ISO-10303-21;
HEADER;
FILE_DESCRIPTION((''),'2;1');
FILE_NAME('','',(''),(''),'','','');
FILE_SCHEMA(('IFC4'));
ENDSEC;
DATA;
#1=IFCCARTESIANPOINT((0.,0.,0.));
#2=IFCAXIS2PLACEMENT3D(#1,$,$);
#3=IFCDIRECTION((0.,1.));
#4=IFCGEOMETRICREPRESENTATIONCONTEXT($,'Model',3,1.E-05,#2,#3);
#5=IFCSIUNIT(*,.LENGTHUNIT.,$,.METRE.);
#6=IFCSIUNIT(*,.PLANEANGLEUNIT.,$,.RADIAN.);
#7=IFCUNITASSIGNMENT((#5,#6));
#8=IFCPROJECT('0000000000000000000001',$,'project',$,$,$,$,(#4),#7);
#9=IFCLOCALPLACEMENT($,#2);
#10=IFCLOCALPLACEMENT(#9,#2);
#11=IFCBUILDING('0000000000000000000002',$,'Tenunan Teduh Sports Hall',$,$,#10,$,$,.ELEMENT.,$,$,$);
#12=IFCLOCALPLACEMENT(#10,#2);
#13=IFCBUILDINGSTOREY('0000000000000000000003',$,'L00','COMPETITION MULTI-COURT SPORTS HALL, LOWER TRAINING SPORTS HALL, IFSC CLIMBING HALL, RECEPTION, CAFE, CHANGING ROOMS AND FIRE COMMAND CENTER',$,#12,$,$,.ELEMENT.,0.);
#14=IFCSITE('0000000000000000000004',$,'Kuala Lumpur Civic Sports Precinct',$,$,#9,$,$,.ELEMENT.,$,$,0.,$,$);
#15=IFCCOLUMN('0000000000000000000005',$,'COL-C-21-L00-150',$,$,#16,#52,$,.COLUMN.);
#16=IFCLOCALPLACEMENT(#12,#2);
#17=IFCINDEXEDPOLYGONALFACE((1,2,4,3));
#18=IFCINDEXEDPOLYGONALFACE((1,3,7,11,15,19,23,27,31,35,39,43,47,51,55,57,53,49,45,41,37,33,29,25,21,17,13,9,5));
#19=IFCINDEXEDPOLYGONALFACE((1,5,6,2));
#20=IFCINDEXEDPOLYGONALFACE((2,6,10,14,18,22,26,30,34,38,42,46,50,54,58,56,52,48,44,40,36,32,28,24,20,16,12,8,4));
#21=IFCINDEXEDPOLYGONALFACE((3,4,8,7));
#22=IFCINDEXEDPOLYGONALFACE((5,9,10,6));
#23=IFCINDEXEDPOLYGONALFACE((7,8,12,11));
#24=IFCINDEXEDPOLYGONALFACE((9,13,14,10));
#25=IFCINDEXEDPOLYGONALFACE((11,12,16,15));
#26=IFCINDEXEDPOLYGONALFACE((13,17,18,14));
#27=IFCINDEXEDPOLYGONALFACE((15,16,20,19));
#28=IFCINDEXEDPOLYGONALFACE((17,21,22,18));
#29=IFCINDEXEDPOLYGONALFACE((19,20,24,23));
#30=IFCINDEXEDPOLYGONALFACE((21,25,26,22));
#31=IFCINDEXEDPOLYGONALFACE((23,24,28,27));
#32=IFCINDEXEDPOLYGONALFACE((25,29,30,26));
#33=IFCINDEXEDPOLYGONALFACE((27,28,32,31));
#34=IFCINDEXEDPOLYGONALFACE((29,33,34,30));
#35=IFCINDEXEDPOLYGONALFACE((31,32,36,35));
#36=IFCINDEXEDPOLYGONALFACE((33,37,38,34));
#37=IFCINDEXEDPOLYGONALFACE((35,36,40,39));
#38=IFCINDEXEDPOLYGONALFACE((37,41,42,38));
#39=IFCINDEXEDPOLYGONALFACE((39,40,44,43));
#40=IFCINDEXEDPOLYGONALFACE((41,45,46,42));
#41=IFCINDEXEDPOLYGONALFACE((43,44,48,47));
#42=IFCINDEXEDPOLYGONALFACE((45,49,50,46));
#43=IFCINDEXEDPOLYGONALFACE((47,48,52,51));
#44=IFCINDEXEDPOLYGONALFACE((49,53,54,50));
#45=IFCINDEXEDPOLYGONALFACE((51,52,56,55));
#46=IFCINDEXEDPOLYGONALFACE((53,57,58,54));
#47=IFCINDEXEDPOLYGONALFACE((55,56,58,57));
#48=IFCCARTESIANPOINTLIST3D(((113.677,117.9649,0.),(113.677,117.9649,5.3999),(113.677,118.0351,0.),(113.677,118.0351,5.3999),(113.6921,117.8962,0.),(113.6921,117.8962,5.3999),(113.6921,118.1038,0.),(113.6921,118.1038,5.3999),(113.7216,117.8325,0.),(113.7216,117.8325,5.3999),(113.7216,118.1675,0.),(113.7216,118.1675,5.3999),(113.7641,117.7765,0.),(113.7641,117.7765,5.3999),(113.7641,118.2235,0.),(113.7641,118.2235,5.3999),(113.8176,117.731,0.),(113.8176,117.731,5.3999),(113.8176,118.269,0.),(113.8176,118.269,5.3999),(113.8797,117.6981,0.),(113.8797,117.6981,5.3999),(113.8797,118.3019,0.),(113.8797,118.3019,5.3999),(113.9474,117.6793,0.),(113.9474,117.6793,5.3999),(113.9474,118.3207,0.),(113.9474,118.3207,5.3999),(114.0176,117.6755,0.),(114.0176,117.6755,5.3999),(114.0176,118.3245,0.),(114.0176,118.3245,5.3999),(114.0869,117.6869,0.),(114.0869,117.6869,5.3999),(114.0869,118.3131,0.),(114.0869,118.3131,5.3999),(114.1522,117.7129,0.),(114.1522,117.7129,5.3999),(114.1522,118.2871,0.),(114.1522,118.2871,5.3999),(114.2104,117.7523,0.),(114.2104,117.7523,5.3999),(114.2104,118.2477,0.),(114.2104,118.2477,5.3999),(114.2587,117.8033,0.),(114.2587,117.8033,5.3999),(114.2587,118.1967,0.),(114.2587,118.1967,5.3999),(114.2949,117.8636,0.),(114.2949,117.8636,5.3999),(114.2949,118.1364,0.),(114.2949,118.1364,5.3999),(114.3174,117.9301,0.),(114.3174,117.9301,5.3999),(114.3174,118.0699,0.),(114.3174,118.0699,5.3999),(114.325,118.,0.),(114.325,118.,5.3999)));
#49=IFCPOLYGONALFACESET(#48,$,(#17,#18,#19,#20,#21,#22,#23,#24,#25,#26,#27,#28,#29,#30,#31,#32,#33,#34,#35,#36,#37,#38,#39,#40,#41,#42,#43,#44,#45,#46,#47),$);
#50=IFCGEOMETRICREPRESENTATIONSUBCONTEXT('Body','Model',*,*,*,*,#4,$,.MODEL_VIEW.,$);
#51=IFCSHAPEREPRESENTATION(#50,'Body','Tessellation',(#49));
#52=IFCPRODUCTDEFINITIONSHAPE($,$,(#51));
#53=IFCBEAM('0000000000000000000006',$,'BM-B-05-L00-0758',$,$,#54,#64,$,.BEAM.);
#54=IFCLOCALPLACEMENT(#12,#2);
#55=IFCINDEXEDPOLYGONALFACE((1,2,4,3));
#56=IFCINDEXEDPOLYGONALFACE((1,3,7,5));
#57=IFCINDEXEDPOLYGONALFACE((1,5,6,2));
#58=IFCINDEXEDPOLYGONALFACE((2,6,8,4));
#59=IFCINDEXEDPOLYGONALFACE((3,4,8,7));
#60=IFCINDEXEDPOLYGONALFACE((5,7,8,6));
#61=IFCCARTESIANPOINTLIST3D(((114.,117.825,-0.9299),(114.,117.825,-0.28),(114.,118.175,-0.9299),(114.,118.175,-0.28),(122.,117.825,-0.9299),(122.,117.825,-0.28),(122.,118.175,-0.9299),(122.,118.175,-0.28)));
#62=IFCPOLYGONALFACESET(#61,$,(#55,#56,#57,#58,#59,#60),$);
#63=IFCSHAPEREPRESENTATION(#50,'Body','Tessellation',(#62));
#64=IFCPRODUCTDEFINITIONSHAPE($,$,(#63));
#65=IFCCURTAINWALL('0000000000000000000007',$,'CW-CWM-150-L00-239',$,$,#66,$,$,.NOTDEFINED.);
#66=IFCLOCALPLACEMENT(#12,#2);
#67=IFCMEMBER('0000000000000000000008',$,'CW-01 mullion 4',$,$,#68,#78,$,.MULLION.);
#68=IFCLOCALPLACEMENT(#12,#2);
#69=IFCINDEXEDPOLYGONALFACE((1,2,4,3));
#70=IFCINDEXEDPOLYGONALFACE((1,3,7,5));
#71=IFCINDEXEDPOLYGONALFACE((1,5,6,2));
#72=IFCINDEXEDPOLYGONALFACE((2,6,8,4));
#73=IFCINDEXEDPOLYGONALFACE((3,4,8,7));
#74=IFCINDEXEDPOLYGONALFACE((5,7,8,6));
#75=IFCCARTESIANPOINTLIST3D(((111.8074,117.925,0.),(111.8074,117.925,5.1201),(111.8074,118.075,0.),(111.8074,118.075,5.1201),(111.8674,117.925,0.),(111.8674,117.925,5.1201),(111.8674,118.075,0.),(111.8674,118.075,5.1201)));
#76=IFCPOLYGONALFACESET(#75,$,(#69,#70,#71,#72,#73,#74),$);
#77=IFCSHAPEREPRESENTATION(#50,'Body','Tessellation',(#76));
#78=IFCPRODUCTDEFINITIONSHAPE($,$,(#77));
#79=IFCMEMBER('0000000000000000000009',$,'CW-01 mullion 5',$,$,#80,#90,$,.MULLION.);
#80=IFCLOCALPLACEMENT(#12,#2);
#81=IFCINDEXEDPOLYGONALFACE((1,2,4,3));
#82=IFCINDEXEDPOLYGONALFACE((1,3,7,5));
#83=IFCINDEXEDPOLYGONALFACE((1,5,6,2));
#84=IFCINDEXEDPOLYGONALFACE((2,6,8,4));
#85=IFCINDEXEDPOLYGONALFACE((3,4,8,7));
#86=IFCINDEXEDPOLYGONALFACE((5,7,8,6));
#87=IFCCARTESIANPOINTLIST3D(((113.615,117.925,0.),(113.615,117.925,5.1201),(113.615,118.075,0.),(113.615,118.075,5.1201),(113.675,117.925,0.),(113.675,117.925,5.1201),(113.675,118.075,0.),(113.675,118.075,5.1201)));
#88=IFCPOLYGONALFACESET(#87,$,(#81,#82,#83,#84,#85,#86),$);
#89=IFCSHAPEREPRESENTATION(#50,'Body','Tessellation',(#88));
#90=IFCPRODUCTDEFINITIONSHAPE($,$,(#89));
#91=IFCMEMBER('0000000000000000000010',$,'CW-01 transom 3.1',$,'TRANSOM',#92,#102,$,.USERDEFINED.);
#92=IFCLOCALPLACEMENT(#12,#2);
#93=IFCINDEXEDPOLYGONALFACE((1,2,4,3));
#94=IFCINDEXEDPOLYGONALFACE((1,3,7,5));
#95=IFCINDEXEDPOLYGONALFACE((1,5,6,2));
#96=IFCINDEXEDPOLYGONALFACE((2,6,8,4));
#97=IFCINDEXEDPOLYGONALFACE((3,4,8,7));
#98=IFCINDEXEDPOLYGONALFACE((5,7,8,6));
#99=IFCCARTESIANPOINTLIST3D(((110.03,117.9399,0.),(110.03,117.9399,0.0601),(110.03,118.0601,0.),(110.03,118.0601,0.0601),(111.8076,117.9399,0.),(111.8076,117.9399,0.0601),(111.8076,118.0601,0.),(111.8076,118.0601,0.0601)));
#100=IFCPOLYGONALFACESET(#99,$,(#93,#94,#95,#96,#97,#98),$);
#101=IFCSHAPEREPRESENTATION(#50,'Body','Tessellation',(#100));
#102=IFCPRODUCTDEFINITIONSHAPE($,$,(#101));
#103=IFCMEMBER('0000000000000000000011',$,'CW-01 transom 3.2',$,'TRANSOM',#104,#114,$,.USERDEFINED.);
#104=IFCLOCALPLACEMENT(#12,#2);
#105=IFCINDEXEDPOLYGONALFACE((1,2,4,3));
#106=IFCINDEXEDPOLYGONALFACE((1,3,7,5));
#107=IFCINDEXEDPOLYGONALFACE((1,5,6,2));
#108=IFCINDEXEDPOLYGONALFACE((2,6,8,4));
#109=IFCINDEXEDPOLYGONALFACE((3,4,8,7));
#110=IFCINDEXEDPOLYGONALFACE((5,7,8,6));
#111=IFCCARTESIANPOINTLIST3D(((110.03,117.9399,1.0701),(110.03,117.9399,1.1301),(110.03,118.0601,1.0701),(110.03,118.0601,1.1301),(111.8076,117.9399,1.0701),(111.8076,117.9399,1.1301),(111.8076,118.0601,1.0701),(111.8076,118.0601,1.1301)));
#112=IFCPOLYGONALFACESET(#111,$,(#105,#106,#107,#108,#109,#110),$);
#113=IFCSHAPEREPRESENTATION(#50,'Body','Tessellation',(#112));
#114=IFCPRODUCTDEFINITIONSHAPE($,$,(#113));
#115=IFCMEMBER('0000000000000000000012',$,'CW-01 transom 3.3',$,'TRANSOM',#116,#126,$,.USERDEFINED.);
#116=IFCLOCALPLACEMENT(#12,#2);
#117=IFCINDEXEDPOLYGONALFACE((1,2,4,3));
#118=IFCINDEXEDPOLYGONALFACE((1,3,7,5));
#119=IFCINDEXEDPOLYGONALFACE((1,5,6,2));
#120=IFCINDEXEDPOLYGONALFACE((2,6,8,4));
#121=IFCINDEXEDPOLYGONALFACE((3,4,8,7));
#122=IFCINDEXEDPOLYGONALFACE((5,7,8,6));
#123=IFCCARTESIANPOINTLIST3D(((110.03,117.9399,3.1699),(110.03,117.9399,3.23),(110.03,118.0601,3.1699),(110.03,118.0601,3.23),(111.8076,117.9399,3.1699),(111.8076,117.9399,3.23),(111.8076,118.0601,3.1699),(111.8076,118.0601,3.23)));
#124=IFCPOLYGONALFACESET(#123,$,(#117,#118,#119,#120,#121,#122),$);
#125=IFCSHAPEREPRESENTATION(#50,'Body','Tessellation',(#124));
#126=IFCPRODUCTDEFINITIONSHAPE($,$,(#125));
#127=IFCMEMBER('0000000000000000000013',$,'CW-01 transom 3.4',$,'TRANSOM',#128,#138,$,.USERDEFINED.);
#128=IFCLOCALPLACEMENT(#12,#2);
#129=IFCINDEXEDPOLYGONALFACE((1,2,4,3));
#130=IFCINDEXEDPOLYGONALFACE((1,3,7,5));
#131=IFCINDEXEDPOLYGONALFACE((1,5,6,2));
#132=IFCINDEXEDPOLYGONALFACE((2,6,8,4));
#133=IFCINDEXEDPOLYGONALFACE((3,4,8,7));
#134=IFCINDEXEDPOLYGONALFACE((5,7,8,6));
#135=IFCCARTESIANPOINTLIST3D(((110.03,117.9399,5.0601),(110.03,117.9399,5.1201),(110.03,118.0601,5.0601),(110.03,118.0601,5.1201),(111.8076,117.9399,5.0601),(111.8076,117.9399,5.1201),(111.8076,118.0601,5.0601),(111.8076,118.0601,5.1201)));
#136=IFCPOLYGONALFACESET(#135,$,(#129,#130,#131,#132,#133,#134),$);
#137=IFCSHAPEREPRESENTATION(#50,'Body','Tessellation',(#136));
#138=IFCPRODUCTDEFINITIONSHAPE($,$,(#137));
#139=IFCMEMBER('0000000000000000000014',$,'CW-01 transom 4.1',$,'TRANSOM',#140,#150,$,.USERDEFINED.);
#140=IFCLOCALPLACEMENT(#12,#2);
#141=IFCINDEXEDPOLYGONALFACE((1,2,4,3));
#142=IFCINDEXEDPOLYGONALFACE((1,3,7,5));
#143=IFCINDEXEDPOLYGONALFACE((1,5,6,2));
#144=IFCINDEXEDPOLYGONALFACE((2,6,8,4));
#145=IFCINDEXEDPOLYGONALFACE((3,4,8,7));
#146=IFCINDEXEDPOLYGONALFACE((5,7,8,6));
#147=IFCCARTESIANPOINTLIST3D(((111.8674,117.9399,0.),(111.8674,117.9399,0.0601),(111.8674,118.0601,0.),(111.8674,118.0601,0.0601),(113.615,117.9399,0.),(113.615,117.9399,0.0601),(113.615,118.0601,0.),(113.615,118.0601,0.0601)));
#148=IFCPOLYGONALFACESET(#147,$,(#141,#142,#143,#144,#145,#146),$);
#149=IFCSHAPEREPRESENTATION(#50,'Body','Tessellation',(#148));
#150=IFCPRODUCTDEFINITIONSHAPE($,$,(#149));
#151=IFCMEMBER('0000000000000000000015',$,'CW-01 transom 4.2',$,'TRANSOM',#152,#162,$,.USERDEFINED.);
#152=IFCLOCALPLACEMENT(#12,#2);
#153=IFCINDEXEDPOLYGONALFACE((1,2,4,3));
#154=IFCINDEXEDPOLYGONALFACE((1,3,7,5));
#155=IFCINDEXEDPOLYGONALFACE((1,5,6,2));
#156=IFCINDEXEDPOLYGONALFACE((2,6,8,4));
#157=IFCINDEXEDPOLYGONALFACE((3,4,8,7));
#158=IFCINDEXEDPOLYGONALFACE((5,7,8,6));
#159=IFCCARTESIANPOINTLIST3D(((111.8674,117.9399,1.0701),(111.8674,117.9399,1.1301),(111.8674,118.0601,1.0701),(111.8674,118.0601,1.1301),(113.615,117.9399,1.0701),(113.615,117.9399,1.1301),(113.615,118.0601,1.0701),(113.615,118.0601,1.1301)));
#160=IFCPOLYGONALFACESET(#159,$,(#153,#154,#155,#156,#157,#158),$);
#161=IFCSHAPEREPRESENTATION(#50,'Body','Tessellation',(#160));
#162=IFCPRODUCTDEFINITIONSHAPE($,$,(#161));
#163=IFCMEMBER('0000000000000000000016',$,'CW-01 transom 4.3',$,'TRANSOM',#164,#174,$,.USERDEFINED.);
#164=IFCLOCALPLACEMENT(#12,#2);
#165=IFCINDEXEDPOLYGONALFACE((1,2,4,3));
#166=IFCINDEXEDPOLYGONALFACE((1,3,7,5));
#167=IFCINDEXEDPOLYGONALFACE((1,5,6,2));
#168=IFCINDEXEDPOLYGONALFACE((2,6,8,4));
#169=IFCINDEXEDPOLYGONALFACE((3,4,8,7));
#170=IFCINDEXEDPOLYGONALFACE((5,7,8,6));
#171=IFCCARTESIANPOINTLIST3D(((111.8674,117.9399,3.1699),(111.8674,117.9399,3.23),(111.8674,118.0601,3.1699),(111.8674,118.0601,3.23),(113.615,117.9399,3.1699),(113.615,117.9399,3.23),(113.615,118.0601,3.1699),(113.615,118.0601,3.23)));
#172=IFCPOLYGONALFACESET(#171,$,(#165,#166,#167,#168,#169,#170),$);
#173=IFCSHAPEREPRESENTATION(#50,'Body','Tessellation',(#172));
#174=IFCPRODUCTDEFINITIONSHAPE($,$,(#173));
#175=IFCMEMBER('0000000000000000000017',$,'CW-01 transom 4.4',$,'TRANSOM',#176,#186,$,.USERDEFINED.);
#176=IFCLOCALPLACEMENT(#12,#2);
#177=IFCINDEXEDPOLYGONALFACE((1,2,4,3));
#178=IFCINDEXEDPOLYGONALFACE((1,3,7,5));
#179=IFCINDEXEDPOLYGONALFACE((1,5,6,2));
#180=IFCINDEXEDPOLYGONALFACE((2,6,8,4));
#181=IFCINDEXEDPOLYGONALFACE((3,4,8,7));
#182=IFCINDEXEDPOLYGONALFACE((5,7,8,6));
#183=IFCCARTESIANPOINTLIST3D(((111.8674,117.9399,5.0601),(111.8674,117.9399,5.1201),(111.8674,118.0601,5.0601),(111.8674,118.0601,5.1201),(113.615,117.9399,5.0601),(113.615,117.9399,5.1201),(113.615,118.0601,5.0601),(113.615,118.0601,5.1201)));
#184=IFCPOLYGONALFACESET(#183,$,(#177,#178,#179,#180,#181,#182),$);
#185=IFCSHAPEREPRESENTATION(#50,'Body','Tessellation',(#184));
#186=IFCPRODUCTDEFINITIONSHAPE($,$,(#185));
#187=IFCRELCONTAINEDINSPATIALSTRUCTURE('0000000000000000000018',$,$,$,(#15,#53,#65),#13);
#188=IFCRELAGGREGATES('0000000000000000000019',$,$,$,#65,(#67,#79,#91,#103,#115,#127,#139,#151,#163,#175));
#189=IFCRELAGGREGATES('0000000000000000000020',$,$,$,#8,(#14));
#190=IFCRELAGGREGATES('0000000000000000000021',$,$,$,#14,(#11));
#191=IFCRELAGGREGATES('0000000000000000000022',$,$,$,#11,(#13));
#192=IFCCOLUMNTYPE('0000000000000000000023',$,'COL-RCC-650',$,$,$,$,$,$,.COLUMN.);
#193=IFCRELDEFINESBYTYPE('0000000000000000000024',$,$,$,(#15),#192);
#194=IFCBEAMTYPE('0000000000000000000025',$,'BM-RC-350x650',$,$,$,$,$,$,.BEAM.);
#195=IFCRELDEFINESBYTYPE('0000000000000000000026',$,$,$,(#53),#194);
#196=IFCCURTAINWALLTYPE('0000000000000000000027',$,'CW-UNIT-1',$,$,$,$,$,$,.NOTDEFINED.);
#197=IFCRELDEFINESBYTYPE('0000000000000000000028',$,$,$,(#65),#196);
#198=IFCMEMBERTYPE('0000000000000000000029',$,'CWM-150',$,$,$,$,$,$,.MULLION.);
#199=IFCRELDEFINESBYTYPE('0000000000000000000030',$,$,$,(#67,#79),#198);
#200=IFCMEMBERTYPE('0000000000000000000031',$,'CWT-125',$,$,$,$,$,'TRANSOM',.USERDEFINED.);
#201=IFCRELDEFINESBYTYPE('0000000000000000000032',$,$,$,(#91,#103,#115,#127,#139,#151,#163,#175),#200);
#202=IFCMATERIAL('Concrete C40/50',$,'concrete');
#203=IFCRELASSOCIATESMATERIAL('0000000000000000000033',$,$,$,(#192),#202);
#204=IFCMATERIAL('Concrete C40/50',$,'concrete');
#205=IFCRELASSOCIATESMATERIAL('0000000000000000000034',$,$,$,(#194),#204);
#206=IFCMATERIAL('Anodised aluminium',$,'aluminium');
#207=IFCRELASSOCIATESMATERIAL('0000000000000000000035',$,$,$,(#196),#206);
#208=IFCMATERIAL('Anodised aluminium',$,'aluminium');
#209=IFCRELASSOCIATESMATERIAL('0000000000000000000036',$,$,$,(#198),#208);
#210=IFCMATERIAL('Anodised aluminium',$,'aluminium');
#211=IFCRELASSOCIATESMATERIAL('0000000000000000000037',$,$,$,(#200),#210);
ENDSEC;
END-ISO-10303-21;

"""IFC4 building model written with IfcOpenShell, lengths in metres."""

from ifc_helpers import new_model, si_unit, direction, frame, origin, origin_2d, place, context, subcontext, project, spatial, rectangle, circle, extrude, material, material_profile, profile_set, type_object, element, aggregate, save


model = new_model("IFC4")

# Units and contexts
model_context = context("Model", 3, precision=1e-05, world=origin(), true_north=direction((0.0, 1.0)))
body_context = subcontext(model_context, "Body", "Model", "MODEL_VIEW")
ifc_project = project(units=[si_unit("LENGTHUNIT", "METRE"), si_unit("PLANEANGLEUNIT", "RADIAN")], contexts=[model_context])

# Site, building, storey
site_placement = place(None, origin())
site = spatial("IfcSite", under=ifc_project, at=site_placement, Name="Kuala Lumpur Civic Sports Precinct", CompositionType="ELEMENT", RefElevation=0.0)
building_placement = place(site_placement, origin())
building = spatial("IfcBuilding", under=site, at=building_placement, Name="Tenunan Teduh Sports Hall", CompositionType="ELEMENT")
storey_placement = place(building_placement, origin())
storey = spatial("IfcBuildingStorey", under=building, at=storey_placement, Name="L00", Description="COMPETITION MULTI-COURT SPORTS HALL, LOWER TRAINING SPORTS HALL, IFSC CLIMBING HALL, RECEPTION, CAFE, CHANGING ROOMS AND FIRE COMMAND CENTER", CompositionType="ELEMENT", Elevation=0.0)

# Column
ifc_material_1 = material(Name="Concrete C40/50", Category="concrete")
ifc_material_profile_1 = material_profile(ifc_material_1, circle(Radius=0.325, at=origin_2d()), Name="RCC D650")
ifc_profile_set_1 = profile_set([ifc_material_profile_1], Name="Concrete C40/50")
column_type = type_object("IfcColumnType", Name="COL-RCC-650", PredefinedType="COLUMN", material=ifc_profile_set_1)
column_placement = place(storey_placement, frame((114.0, 118.0, 0.0), z_axis=(0.0, 0.0, 1.0), x_axis=(1.0, 0.0, 0.0)))
element("IfcColumn", 1, at=column_placement, inside=storey, type_object=column_type, Name="COL-C-21-L00-150", PredefinedType="COLUMN", context=body_context, shape_type="SweptSolid", body=[
    extrude(circle(Radius=0.325, at=origin_2d()), origin(), (0.0, 0.0, 1.0), 5.3999),
])

# Beam
ifc_material_2 = material(Name="Concrete C40/50", Category="concrete")
ifc_material_profile_2 = material_profile(ifc_material_2, rectangle(XDim=0.3501, YDim=0.6499, at=origin_2d()), Name="RCB 350x650")
ifc_profile_set_2 = profile_set([ifc_material_profile_2], Name="Concrete C40/50")
beam_type_1 = type_object("IfcBeamType", Name="BM-RC-350x650", PredefinedType="BEAM", material=ifc_profile_set_2)
beam_1_placement = place(storey_placement, frame((114.0, 118.0, -0.605), z_axis=(1.0, 0.0, 0.0), x_axis=(0.0, 1.0, 0.0)))
element("IfcBeam", 2, at=beam_1_placement, inside=storey, type_object=beam_type_1, Name="BM-B-05-L00-0758", PredefinedType="BEAM", context=body_context, shape_type="SweptSolid", body=[
    extrude(rectangle(XDim=0.3501, YDim=0.6499, at=origin_2d()), origin(), (0.0, 0.0, 1.0), 8.0),
])

# Curtain wall, members
ifc_material_3 = material(Name="Anodised aluminium", Category="aluminium")
curtain_wall_type = type_object("IfcCurtainWallType", Name="CW-UNIT-1", PredefinedType="NOTDEFINED", material=ifc_material_3)
curtain_wall_placement = place(storey_placement, origin())
curtain_wall = element("IfcCurtainWall", 3, at=curtain_wall_placement, inside=storey, type_object=curtain_wall_type, Name="CW-CWM-150-L00-239", PredefinedType="NOTDEFINED")
ifc_material_4 = material(Name="Anodised aluminium", Category="aluminium")
ifc_material_profile_3 = material_profile(ifc_material_4, rectangle(XDim=0.0601, YDim=0.1499, at=origin_2d()), Name="CWM 60x150")
ifc_profile_set_3 = profile_set([ifc_material_profile_3], Name="Anodised aluminium")
member_type_1 = type_object("IfcMemberType", Name="CWM-150", PredefinedType="MULLION", material=ifc_profile_set_3)
member_1_placement = place(storey_placement, frame((111.8374, 118.0, 0.0), z_axis=(0.0, 0.0, 1.0), x_axis=(1.0, 0.0, 0.0)))
member_1 = element("IfcMember", 4, at=member_1_placement, type_object=member_type_1, Name="CW-01 mullion 4", PredefinedType="MULLION", context=body_context, shape_type="SweptSolid", body=[
    extrude(rectangle(XDim=0.0601, YDim=0.1499, at=origin_2d()), origin(), (0.0, 0.0, 1.0), 5.1201),
])
member_2_placement = place(storey_placement, frame((113.645, 118.0, 0.0), z_axis=(0.0, 0.0, 1.0), x_axis=(1.0, 0.0, 0.0)))
member_2 = element("IfcMember", 5, at=member_2_placement, type_object=member_type_1, Name="CW-01 mullion 5", PredefinedType="MULLION", context=body_context, shape_type="SweptSolid", body=[
    extrude(rectangle(XDim=0.0601, YDim=0.1499, at=origin_2d()), origin(), (0.0, 0.0, 1.0), 5.1201),
])
ifc_material_5 = material(Name="Anodised aluminium", Category="aluminium")
ifc_material_profile_4 = material_profile(ifc_material_5, rectangle(XDim=0.0601, YDim=0.1201, at=origin_2d()), Name="CWT 60x120")
ifc_profile_set_4 = profile_set([ifc_material_profile_4], Name="Anodised aluminium")
member_type_2 = type_object("IfcMemberType", Name="CWT-125", ElementType="TRANSOM", PredefinedType="USERDEFINED", material=ifc_profile_set_4)
member_3_placement = place(storey_placement, frame((110.03, 118.0, 0.03), z_axis=(1.0, 0.0, 0.0), x_axis=(0.0, 0.0, 1.0)))
member_3 = element("IfcMember", 6, at=member_3_placement, type_object=member_type_2, Name="CW-01 transom 3.1", ObjectType="TRANSOM", PredefinedType="USERDEFINED", context=body_context, shape_type="SweptSolid", body=[
    extrude(rectangle(XDim=0.0601, YDim=0.1201, at=origin_2d()), origin(), (0.0, 0.0, 1.0), 1.7776),
])
member_4_placement = place(storey_placement, frame((110.03, 118.0, 1.1001), z_axis=(1.0, 0.0, 0.0), x_axis=(0.0, 0.0, 1.0)))
member_4 = element("IfcMember", 7, at=member_4_placement, type_object=member_type_2, Name="CW-01 transom 3.2", ObjectType="TRANSOM", PredefinedType="USERDEFINED", context=body_context, shape_type="SweptSolid", body=[
    extrude(rectangle(XDim=0.0601, YDim=0.1201, at=origin_2d()), origin(), (0.0, 0.0, 1.0), 1.7776),
])
member_5_placement = place(storey_placement, frame((110.03, 118.0, 3.2), z_axis=(1.0, 0.0, 0.0), x_axis=(0.0, 0.0, 1.0)))
member_5 = element("IfcMember", 8, at=member_5_placement, type_object=member_type_2, Name="CW-01 transom 3.3", ObjectType="TRANSOM", PredefinedType="USERDEFINED", context=body_context, shape_type="SweptSolid", body=[
    extrude(rectangle(XDim=0.0601, YDim=0.1201, at=origin_2d()), origin(), (0.0, 0.0, 1.0), 1.7776),
])
member_6_placement = place(storey_placement, frame((110.03, 118.0, 5.0901), z_axis=(1.0, 0.0, 0.0), x_axis=(0.0, 0.0, 1.0)))
member_6 = element("IfcMember", 9, at=member_6_placement, type_object=member_type_2, Name="CW-01 transom 3.4", ObjectType="TRANSOM", PredefinedType="USERDEFINED", context=body_context, shape_type="SweptSolid", body=[
    extrude(rectangle(XDim=0.0601, YDim=0.1201, at=origin_2d()), origin(), (0.0, 0.0, 1.0), 1.7776),
])
member_7_placement = place(storey_placement, frame((111.8674, 118.0, 0.03), z_axis=(1.0, 0.0, 0.0), x_axis=(0.0, 0.0, 1.0)))
member_7 = element("IfcMember", 10, at=member_7_placement, type_object=member_type_2, Name="CW-01 transom 4.1", ObjectType="TRANSOM", PredefinedType="USERDEFINED", context=body_context, shape_type="SweptSolid", body=[
    extrude(rectangle(XDim=0.0601, YDim=0.1201, at=origin_2d()), origin(), (0.0, 0.0, 1.0), 1.7476),
])
member_8_placement = place(storey_placement, frame((111.8674, 118.0, 1.1001), z_axis=(1.0, 0.0, 0.0), x_axis=(0.0, 0.0, 1.0)))
member_8 = element("IfcMember", 11, at=member_8_placement, type_object=member_type_2, Name="CW-01 transom 4.2", ObjectType="TRANSOM", PredefinedType="USERDEFINED", context=body_context, shape_type="SweptSolid", body=[
    extrude(rectangle(XDim=0.0601, YDim=0.1201, at=origin_2d()), origin(), (0.0, 0.0, 1.0), 1.7476),
])
member_9_placement = place(storey_placement, frame((111.8674, 118.0, 3.2), z_axis=(1.0, 0.0, 0.0), x_axis=(0.0, 0.0, 1.0)))
member_9 = element("IfcMember", 12, at=member_9_placement, type_object=member_type_2, Name="CW-01 transom 4.3", ObjectType="TRANSOM", PredefinedType="USERDEFINED", context=body_context, shape_type="SweptSolid", body=[
    extrude(rectangle(XDim=0.0601, YDim=0.1201, at=origin_2d()), origin(), (0.0, 0.0, 1.0), 1.7476),
])
member_10_placement = place(storey_placement, frame((111.8674, 118.0, 5.0901), z_axis=(1.0, 0.0, 0.0), x_axis=(0.0, 0.0, 1.0)))
member_10 = element("IfcMember", 13, at=member_10_placement, type_object=member_type_2, Name="CW-01 transom 4.4", ObjectType="TRANSOM", PredefinedType="USERDEFINED", context=body_context, shape_type="SweptSolid", body=[
    extrude(rectangle(XDim=0.0601, YDim=0.1201, at=origin_2d()), origin(), (0.0, 0.0, 1.0), 1.7476),
])

aggregate(curtain_wall, [member_1, member_2, member_3, member_4, member_5, member_6, member_7, member_8, member_9, member_10])

save(model, "model.ifc")
